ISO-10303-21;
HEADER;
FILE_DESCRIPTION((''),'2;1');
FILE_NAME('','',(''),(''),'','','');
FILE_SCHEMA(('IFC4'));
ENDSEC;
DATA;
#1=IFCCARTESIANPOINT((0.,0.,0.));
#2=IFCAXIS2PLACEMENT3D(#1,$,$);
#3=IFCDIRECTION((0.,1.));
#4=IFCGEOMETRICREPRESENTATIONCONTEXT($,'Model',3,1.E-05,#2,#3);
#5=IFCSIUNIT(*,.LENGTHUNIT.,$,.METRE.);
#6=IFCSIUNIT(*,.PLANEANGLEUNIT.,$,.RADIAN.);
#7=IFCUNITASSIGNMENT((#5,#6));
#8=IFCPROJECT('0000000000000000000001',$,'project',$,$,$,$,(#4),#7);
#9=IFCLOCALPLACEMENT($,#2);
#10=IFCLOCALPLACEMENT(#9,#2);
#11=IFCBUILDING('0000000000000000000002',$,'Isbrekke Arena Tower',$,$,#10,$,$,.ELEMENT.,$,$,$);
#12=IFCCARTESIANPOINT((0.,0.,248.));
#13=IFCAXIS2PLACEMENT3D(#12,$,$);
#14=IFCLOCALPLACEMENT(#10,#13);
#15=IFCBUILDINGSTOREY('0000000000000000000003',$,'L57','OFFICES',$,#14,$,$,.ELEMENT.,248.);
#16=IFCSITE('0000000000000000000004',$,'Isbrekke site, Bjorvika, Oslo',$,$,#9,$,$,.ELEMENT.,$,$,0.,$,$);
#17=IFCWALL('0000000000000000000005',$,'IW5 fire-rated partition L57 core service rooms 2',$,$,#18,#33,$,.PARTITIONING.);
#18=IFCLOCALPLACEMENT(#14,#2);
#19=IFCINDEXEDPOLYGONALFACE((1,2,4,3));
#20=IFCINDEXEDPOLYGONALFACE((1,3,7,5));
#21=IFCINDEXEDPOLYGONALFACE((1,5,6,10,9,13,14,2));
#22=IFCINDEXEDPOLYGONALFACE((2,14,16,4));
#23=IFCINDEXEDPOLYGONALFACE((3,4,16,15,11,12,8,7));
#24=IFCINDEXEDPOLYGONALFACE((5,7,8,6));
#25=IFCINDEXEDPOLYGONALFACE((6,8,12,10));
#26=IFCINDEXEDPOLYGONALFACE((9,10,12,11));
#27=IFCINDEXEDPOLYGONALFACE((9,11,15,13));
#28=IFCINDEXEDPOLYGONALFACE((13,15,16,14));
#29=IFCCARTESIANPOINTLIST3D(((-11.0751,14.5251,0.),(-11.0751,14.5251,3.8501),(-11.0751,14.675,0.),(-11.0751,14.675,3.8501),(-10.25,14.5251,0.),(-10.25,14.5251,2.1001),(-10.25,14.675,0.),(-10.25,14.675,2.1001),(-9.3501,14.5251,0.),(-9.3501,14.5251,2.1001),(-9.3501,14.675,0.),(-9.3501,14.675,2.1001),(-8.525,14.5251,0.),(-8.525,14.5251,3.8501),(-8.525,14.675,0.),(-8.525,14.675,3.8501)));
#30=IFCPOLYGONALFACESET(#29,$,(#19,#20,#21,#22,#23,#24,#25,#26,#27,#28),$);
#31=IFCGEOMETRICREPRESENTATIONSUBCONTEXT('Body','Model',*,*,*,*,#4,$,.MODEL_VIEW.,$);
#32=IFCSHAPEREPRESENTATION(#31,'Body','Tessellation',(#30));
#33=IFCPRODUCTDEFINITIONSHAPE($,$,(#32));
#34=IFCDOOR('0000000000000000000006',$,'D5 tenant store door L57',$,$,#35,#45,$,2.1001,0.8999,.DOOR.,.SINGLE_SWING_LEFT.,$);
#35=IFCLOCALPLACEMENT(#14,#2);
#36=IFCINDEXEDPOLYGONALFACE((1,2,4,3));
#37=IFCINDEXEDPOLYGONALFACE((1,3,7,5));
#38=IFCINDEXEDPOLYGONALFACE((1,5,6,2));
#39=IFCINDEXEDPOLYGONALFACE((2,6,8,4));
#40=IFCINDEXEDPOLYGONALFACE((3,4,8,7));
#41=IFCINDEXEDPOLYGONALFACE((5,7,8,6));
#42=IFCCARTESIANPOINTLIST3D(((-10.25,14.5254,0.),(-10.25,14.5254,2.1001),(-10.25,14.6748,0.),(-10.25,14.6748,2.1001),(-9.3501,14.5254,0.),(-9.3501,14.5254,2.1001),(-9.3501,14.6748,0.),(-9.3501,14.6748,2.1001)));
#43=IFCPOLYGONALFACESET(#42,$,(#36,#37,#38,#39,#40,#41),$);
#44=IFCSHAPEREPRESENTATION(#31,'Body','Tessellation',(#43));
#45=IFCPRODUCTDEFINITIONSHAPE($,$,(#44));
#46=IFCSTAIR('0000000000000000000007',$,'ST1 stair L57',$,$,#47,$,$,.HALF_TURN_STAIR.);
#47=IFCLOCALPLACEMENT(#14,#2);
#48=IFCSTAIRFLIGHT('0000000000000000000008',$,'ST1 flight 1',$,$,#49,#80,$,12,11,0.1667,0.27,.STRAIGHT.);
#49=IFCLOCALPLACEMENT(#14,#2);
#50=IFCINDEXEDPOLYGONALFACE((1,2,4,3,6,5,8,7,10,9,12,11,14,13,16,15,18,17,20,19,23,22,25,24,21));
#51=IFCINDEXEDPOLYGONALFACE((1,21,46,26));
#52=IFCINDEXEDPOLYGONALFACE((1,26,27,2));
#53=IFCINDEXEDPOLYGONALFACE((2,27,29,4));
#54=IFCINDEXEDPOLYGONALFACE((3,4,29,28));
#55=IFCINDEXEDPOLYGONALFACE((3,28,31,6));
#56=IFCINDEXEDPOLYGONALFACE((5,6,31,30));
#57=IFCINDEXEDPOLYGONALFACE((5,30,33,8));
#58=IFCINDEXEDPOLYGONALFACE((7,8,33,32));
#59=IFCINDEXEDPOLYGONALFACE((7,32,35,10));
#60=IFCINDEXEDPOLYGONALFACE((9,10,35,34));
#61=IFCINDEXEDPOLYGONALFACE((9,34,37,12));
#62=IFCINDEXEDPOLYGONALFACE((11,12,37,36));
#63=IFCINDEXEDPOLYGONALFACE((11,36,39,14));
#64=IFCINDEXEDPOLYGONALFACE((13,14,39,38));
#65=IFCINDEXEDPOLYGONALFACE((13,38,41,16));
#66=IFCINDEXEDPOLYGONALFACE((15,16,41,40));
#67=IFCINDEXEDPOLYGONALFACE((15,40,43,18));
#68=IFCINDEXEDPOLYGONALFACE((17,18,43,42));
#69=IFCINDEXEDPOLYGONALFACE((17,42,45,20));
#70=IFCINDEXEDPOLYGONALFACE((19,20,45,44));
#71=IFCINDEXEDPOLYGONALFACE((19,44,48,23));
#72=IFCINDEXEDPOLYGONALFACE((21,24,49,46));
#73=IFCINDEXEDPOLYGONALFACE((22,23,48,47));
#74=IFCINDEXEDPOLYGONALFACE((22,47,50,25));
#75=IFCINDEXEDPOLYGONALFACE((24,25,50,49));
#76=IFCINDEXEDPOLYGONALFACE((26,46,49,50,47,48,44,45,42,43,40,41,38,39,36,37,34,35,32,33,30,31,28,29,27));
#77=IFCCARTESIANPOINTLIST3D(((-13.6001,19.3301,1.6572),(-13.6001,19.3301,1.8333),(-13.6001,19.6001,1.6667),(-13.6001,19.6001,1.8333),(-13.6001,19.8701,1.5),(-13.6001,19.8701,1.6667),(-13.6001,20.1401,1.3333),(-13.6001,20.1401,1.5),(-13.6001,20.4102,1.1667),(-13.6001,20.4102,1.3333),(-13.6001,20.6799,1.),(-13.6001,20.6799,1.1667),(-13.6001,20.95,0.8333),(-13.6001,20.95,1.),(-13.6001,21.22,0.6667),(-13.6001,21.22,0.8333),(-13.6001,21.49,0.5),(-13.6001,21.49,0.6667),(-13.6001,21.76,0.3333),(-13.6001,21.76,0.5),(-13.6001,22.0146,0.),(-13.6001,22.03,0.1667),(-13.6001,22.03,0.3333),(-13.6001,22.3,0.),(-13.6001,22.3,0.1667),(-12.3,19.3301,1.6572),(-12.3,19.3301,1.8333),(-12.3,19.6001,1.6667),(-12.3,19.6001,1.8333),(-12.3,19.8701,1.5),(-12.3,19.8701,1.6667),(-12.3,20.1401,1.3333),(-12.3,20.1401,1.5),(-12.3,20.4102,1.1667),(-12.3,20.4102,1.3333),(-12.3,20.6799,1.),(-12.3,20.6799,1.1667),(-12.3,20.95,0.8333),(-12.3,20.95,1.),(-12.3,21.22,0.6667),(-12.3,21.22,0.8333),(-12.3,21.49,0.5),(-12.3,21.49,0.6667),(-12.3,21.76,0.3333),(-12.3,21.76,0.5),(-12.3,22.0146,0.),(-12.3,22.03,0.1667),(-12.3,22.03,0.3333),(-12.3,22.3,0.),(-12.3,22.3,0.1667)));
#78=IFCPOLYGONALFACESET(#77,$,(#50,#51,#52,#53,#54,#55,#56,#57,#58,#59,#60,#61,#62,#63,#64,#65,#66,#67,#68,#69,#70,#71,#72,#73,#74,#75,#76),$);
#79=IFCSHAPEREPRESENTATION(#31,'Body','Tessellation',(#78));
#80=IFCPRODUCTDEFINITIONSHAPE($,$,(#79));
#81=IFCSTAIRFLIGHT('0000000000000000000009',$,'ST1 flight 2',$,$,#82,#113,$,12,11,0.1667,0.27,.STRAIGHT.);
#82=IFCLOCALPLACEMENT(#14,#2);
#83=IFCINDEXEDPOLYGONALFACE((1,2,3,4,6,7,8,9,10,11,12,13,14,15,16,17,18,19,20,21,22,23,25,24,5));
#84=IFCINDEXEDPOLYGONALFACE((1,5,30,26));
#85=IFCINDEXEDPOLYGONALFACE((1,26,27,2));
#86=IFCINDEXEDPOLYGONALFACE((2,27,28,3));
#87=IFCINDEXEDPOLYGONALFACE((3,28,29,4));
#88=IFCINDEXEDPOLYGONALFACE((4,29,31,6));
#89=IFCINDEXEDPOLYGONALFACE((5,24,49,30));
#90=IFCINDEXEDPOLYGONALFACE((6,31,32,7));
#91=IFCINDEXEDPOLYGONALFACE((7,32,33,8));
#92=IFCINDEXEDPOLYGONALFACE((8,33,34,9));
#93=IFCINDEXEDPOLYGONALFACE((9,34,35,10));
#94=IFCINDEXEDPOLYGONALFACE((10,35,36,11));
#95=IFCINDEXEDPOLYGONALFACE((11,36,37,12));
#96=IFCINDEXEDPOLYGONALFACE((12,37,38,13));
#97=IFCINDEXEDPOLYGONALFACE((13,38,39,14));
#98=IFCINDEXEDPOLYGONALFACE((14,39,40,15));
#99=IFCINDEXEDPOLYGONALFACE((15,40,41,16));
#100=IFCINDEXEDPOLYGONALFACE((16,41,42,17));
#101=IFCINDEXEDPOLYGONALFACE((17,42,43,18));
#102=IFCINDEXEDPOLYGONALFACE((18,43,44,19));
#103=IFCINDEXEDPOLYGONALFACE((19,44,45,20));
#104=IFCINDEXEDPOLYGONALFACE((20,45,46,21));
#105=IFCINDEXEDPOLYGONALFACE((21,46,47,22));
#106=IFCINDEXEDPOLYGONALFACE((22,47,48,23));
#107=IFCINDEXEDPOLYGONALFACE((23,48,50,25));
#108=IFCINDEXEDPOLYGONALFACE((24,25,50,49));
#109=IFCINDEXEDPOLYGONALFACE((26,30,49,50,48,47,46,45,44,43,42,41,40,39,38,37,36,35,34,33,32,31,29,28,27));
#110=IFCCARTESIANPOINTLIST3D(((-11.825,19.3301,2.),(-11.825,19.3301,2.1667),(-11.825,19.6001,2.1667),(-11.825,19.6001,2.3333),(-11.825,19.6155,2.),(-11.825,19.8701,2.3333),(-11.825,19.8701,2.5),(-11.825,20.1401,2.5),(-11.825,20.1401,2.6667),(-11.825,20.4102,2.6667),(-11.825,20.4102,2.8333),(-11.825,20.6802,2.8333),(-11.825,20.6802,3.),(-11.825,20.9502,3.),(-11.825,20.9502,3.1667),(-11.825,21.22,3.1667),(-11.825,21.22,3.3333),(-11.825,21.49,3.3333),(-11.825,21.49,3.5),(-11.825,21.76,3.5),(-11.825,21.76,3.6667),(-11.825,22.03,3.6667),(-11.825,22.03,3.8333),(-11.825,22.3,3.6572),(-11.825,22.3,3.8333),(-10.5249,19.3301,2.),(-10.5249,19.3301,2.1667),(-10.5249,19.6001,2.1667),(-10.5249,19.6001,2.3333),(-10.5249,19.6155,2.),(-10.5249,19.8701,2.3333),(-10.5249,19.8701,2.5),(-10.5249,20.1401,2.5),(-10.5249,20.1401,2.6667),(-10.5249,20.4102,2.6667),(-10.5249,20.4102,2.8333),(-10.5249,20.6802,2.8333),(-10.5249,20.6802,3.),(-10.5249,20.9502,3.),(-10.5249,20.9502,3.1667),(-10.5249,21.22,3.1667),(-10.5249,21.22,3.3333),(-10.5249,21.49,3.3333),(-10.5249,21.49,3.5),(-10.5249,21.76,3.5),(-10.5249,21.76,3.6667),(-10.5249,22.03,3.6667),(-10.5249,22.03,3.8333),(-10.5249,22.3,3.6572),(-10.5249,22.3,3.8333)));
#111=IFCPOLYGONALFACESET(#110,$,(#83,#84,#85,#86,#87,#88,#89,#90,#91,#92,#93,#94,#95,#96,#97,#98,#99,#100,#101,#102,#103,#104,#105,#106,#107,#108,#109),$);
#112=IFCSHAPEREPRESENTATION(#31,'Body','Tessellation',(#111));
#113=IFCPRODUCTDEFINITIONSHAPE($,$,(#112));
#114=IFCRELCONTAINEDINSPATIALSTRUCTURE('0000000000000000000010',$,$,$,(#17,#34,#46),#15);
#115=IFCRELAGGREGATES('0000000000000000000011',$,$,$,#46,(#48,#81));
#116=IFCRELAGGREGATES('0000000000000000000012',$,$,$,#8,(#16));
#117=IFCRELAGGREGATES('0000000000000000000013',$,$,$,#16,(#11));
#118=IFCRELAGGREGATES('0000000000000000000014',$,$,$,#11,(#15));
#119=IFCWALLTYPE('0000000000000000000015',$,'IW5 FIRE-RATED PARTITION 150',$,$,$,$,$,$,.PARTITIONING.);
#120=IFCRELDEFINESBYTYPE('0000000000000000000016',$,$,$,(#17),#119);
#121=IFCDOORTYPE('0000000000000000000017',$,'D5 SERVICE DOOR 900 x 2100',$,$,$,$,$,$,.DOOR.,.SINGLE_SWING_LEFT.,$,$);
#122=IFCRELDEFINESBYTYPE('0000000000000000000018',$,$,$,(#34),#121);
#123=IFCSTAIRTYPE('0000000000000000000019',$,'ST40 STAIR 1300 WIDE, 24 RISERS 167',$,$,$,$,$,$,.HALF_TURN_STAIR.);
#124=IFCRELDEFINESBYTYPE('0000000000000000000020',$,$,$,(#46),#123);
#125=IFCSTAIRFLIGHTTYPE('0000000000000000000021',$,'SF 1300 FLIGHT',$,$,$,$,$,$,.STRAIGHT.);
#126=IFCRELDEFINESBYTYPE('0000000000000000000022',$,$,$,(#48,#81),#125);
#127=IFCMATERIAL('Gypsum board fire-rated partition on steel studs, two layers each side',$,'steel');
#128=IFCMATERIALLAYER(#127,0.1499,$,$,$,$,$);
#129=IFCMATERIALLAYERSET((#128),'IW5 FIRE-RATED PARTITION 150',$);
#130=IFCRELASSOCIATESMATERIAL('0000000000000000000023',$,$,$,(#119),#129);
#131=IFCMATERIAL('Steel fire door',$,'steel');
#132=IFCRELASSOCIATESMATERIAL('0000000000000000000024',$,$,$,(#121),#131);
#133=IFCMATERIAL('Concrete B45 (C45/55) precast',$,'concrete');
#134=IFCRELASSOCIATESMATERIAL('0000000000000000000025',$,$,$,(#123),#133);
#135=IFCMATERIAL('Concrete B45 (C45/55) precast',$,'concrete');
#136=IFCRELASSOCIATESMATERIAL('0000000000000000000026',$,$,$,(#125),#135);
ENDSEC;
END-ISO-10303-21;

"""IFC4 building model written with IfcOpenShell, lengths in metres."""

from ifc_helpers import new_model, si_unit, direction, frame, frame_2d, origin, place, context, subcontext, project, spatial, polyline, rectangle, outline, extrude, material, layer, layer_set, type_object, element, fill, aggregate, save


model = new_model("IFC4")

# Units and contexts
model_context = context("Model", 3, precision=1e-05, world=origin(), true_north=direction((0.0, 1.0)))
body_context = subcontext(model_context, "Body", "Model", "MODEL_VIEW")
ifc_project = project(units=[si_unit("LENGTHUNIT", "METRE"), si_unit("PLANEANGLEUNIT", "RADIAN")], contexts=[model_context])

# Site, building, storey
site_placement = place(None, origin())
site = spatial("IfcSite", under=ifc_project, at=site_placement, Name="Isbrekke site, Bjorvika, Oslo", CompositionType="ELEMENT", RefElevation=0.0)
building_placement = place(site_placement, origin())
building = spatial("IfcBuilding", under=site, at=building_placement, Name="Isbrekke Arena Tower", CompositionType="ELEMENT")
storey_placement = place(building_placement, frame((0.0, 0.0, 248.0)))
storey = spatial("IfcBuildingStorey", under=building, at=storey_placement, Name="L57", Description="OFFICES", CompositionType="ELEMENT", Elevation=248.0)

# Wall, opening, door
ifc_material_1 = material(Name="Gypsum board fire-rated partition on steel studs, two layers each side", Category="steel")
ifc_layer_1 = layer(ifc_material_1, 0.1499)
ifc_layer_set_1 = layer_set([ifc_layer_1], Name="IW5 FIRE-RATED PARTITION 150")
wall_type_1 = type_object("IfcWallType", Name="IW5 FIRE-RATED PARTITION 150", PredefinedType="PARTITIONING", material=ifc_layer_set_1)
ifc_material_2 = material(Name="Steel fire door", Category="steel")
door_type_1 = type_object("IfcDoorType", Name="D5 SERVICE DOOR 900 x 2100", OperationType="SINGLE_SWING_LEFT", PredefinedType="DOOR", material=ifc_material_2)
wall_1_placement = place(storey_placement, frame((-11.075, 14.6001, 0.0), z_axis=(0.0, 0.0, 1.0), x_axis=(1.0, 0.0, 0.0)))
wall_1 = element("IfcWall", 1, at=wall_1_placement, inside=storey, type_object=wall_type_1, Name="IW5 fire-rated partition L57 core service rooms 2", PredefinedType="PARTITIONING", context=body_context, shape_type="SweptSolid", body=[
    extrude(rectangle(XDim=2.55, YDim=0.1499, at=frame_2d((1.2749, 0.0))), origin(), (0.0, 0.0, 1.0), 3.8501),
])
opening_1_placement = place(wall_1_placement, frame((0.825, 0.0, 0.0)))
opening_1 = element("IfcOpeningElement", 2, at=opening_1_placement, cuts=wall_1, PredefinedType="OPENING", context=body_context, shape_type="SweptSolid", body=[
    extrude(rectangle(XDim=0.8999, YDim=2.1001, at=frame_2d((0.45, 1.05))), frame((0.0, 0.0898, 0.0), z_axis=(0.0, -1.0, 0.0), x_axis=(1.0, 0.0, 0.0)), (0.0, 0.0, 1.0), 0.1797),
])
door_1_placement = place(opening_1_placement, origin())
door_1 = element("IfcDoor", 3, at=door_1_placement, inside=storey, type_object=door_type_1, Name="D5 tenant store door L57", OperationType="SINGLE_SWING_LEFT", OverallHeight=2.1001, OverallWidth=0.8999, PredefinedType="DOOR", context=body_context, shape_type="SweptSolid", body=[
    extrude(rectangle(XDim=0.8999, YDim=2.1001, at=frame_2d((0.45, 1.05))), frame((0.0, 0.0747, 0.0), z_axis=(0.0, -1.0, 0.0), x_axis=(1.0, 0.0, 0.0)), (0.0, 0.0, 1.0), 0.1494),
])
fill(opening_1, door_1)

# Stair, stair flights
ifc_material_3 = material(Name="Concrete B45 (C45/55) precast", Category="concrete")
stair_type = type_object("IfcStairType", Name="ST40 STAIR 1300 WIDE, 24 RISERS 167", PredefinedType="HALF_TURN_STAIR", material=ifc_material_3)
stair_placement = place(storey_placement, origin())
stair = element("IfcStair", 4, at=stair_placement, inside=storey, type_object=stair_type, Name="ST1 stair L57", PredefinedType="HALF_TURN_STAIR")
ifc_material_4 = material(Name="Concrete B45 (C45/55) precast", Category="concrete")
stair_flight_type = type_object("IfcStairFlightType", Name="SF 1300 FLIGHT", PredefinedType="STRAIGHT", material=ifc_material_4)
stair_flight_1_placement = place(storey_placement, frame((-12.95, 22.3, 0.0), z_axis=(0.0, 0.0, 1.0), x_axis=(0.0, -1.0, 0.0)))
stair_flight_1 = element("IfcStairFlight", 5, at=stair_flight_1_placement, type_object=stair_flight_type, Name="ST1 flight 1", NumberOfRisers=12, NumberOfTreads=11, PredefinedType="STRAIGHT", RiserHeight=0.1667, TreadLength=0.27, context=body_context, shape_type="SweptSolid", body=[
    extrude(outline(polyline([(0.0, 0.0), (0.0, 0.1667), (0.27, 0.1667), (0.27, 0.3333), (0.54, 0.3333), (0.54, 0.5), (0.8101, 0.5), (0.8101, 0.6667), (1.0801, 0.6667), (1.0801, 0.8333), (1.3501, 0.8333), (1.3501, 1.0), (1.6201, 1.0), (1.6201, 1.1667), (1.8899, 1.1667), (1.8899, 1.3333), (2.1599, 1.3333), (2.1599, 1.5), (2.4299, 1.5), (2.4299, 1.6667), (2.7, 1.6667), (2.7, 1.8333), (2.97, 1.8333), (2.97, 2.0), (2.97, 1.6572), (0.2854, 0.0), (0.0, 0.0)])), frame((0.0, 0.6499, 0.0), z_axis=(0.0, -1.0, 0.0), x_axis=(1.0, 0.0, 0.0)), (0.0, 0.0, 1.0), 1.3),
])
stair_flight_2_placement = place(storey_placement, frame((-11.175, 19.3301, 2.0), z_axis=(0.0, 0.0, 1.0), x_axis=(0.0, 1.0, 0.0)))
stair_flight_2 = element("IfcStairFlight", 6, at=stair_flight_2_placement, type_object=stair_flight_type, Name="ST1 flight 2", NumberOfRisers=12, NumberOfTreads=11, PredefinedType="STRAIGHT", RiserHeight=0.1667, TreadLength=0.27, context=body_context, shape_type="SweptSolid", body=[
    extrude(outline(polyline([(0.0, 0.0), (0.0, 0.1667), (0.27, 0.1667), (0.27, 0.3333), (0.54, 0.3333), (0.54, 0.5), (0.8101, 0.5), (0.8101, 0.6667), (1.0801, 0.6667), (1.0801, 0.8333), (1.3501, 0.8333), (1.3501, 1.0), (1.6201, 1.0), (1.6201, 1.1667), (1.8899, 1.1667), (1.8899, 1.3333), (2.1599, 1.3333), (2.1599, 1.5), (2.4299, 1.5), (2.4299, 1.6667), (2.7, 1.6667), (2.7, 1.8333), (2.97, 1.8333), (2.97, 2.0), (2.97, 1.6572), (0.2854, 0.0), (0.0, 0.0)])), frame((0.0, 0.6499, 0.0), z_axis=(0.0, -1.0, 0.0), x_axis=(1.0, 0.0, 0.0)), (0.0, 0.0, 1.0), 1.3),
])
aggregate(stair, [stair_flight_1, stair_flight_2])

save(model, "model.ifc")
